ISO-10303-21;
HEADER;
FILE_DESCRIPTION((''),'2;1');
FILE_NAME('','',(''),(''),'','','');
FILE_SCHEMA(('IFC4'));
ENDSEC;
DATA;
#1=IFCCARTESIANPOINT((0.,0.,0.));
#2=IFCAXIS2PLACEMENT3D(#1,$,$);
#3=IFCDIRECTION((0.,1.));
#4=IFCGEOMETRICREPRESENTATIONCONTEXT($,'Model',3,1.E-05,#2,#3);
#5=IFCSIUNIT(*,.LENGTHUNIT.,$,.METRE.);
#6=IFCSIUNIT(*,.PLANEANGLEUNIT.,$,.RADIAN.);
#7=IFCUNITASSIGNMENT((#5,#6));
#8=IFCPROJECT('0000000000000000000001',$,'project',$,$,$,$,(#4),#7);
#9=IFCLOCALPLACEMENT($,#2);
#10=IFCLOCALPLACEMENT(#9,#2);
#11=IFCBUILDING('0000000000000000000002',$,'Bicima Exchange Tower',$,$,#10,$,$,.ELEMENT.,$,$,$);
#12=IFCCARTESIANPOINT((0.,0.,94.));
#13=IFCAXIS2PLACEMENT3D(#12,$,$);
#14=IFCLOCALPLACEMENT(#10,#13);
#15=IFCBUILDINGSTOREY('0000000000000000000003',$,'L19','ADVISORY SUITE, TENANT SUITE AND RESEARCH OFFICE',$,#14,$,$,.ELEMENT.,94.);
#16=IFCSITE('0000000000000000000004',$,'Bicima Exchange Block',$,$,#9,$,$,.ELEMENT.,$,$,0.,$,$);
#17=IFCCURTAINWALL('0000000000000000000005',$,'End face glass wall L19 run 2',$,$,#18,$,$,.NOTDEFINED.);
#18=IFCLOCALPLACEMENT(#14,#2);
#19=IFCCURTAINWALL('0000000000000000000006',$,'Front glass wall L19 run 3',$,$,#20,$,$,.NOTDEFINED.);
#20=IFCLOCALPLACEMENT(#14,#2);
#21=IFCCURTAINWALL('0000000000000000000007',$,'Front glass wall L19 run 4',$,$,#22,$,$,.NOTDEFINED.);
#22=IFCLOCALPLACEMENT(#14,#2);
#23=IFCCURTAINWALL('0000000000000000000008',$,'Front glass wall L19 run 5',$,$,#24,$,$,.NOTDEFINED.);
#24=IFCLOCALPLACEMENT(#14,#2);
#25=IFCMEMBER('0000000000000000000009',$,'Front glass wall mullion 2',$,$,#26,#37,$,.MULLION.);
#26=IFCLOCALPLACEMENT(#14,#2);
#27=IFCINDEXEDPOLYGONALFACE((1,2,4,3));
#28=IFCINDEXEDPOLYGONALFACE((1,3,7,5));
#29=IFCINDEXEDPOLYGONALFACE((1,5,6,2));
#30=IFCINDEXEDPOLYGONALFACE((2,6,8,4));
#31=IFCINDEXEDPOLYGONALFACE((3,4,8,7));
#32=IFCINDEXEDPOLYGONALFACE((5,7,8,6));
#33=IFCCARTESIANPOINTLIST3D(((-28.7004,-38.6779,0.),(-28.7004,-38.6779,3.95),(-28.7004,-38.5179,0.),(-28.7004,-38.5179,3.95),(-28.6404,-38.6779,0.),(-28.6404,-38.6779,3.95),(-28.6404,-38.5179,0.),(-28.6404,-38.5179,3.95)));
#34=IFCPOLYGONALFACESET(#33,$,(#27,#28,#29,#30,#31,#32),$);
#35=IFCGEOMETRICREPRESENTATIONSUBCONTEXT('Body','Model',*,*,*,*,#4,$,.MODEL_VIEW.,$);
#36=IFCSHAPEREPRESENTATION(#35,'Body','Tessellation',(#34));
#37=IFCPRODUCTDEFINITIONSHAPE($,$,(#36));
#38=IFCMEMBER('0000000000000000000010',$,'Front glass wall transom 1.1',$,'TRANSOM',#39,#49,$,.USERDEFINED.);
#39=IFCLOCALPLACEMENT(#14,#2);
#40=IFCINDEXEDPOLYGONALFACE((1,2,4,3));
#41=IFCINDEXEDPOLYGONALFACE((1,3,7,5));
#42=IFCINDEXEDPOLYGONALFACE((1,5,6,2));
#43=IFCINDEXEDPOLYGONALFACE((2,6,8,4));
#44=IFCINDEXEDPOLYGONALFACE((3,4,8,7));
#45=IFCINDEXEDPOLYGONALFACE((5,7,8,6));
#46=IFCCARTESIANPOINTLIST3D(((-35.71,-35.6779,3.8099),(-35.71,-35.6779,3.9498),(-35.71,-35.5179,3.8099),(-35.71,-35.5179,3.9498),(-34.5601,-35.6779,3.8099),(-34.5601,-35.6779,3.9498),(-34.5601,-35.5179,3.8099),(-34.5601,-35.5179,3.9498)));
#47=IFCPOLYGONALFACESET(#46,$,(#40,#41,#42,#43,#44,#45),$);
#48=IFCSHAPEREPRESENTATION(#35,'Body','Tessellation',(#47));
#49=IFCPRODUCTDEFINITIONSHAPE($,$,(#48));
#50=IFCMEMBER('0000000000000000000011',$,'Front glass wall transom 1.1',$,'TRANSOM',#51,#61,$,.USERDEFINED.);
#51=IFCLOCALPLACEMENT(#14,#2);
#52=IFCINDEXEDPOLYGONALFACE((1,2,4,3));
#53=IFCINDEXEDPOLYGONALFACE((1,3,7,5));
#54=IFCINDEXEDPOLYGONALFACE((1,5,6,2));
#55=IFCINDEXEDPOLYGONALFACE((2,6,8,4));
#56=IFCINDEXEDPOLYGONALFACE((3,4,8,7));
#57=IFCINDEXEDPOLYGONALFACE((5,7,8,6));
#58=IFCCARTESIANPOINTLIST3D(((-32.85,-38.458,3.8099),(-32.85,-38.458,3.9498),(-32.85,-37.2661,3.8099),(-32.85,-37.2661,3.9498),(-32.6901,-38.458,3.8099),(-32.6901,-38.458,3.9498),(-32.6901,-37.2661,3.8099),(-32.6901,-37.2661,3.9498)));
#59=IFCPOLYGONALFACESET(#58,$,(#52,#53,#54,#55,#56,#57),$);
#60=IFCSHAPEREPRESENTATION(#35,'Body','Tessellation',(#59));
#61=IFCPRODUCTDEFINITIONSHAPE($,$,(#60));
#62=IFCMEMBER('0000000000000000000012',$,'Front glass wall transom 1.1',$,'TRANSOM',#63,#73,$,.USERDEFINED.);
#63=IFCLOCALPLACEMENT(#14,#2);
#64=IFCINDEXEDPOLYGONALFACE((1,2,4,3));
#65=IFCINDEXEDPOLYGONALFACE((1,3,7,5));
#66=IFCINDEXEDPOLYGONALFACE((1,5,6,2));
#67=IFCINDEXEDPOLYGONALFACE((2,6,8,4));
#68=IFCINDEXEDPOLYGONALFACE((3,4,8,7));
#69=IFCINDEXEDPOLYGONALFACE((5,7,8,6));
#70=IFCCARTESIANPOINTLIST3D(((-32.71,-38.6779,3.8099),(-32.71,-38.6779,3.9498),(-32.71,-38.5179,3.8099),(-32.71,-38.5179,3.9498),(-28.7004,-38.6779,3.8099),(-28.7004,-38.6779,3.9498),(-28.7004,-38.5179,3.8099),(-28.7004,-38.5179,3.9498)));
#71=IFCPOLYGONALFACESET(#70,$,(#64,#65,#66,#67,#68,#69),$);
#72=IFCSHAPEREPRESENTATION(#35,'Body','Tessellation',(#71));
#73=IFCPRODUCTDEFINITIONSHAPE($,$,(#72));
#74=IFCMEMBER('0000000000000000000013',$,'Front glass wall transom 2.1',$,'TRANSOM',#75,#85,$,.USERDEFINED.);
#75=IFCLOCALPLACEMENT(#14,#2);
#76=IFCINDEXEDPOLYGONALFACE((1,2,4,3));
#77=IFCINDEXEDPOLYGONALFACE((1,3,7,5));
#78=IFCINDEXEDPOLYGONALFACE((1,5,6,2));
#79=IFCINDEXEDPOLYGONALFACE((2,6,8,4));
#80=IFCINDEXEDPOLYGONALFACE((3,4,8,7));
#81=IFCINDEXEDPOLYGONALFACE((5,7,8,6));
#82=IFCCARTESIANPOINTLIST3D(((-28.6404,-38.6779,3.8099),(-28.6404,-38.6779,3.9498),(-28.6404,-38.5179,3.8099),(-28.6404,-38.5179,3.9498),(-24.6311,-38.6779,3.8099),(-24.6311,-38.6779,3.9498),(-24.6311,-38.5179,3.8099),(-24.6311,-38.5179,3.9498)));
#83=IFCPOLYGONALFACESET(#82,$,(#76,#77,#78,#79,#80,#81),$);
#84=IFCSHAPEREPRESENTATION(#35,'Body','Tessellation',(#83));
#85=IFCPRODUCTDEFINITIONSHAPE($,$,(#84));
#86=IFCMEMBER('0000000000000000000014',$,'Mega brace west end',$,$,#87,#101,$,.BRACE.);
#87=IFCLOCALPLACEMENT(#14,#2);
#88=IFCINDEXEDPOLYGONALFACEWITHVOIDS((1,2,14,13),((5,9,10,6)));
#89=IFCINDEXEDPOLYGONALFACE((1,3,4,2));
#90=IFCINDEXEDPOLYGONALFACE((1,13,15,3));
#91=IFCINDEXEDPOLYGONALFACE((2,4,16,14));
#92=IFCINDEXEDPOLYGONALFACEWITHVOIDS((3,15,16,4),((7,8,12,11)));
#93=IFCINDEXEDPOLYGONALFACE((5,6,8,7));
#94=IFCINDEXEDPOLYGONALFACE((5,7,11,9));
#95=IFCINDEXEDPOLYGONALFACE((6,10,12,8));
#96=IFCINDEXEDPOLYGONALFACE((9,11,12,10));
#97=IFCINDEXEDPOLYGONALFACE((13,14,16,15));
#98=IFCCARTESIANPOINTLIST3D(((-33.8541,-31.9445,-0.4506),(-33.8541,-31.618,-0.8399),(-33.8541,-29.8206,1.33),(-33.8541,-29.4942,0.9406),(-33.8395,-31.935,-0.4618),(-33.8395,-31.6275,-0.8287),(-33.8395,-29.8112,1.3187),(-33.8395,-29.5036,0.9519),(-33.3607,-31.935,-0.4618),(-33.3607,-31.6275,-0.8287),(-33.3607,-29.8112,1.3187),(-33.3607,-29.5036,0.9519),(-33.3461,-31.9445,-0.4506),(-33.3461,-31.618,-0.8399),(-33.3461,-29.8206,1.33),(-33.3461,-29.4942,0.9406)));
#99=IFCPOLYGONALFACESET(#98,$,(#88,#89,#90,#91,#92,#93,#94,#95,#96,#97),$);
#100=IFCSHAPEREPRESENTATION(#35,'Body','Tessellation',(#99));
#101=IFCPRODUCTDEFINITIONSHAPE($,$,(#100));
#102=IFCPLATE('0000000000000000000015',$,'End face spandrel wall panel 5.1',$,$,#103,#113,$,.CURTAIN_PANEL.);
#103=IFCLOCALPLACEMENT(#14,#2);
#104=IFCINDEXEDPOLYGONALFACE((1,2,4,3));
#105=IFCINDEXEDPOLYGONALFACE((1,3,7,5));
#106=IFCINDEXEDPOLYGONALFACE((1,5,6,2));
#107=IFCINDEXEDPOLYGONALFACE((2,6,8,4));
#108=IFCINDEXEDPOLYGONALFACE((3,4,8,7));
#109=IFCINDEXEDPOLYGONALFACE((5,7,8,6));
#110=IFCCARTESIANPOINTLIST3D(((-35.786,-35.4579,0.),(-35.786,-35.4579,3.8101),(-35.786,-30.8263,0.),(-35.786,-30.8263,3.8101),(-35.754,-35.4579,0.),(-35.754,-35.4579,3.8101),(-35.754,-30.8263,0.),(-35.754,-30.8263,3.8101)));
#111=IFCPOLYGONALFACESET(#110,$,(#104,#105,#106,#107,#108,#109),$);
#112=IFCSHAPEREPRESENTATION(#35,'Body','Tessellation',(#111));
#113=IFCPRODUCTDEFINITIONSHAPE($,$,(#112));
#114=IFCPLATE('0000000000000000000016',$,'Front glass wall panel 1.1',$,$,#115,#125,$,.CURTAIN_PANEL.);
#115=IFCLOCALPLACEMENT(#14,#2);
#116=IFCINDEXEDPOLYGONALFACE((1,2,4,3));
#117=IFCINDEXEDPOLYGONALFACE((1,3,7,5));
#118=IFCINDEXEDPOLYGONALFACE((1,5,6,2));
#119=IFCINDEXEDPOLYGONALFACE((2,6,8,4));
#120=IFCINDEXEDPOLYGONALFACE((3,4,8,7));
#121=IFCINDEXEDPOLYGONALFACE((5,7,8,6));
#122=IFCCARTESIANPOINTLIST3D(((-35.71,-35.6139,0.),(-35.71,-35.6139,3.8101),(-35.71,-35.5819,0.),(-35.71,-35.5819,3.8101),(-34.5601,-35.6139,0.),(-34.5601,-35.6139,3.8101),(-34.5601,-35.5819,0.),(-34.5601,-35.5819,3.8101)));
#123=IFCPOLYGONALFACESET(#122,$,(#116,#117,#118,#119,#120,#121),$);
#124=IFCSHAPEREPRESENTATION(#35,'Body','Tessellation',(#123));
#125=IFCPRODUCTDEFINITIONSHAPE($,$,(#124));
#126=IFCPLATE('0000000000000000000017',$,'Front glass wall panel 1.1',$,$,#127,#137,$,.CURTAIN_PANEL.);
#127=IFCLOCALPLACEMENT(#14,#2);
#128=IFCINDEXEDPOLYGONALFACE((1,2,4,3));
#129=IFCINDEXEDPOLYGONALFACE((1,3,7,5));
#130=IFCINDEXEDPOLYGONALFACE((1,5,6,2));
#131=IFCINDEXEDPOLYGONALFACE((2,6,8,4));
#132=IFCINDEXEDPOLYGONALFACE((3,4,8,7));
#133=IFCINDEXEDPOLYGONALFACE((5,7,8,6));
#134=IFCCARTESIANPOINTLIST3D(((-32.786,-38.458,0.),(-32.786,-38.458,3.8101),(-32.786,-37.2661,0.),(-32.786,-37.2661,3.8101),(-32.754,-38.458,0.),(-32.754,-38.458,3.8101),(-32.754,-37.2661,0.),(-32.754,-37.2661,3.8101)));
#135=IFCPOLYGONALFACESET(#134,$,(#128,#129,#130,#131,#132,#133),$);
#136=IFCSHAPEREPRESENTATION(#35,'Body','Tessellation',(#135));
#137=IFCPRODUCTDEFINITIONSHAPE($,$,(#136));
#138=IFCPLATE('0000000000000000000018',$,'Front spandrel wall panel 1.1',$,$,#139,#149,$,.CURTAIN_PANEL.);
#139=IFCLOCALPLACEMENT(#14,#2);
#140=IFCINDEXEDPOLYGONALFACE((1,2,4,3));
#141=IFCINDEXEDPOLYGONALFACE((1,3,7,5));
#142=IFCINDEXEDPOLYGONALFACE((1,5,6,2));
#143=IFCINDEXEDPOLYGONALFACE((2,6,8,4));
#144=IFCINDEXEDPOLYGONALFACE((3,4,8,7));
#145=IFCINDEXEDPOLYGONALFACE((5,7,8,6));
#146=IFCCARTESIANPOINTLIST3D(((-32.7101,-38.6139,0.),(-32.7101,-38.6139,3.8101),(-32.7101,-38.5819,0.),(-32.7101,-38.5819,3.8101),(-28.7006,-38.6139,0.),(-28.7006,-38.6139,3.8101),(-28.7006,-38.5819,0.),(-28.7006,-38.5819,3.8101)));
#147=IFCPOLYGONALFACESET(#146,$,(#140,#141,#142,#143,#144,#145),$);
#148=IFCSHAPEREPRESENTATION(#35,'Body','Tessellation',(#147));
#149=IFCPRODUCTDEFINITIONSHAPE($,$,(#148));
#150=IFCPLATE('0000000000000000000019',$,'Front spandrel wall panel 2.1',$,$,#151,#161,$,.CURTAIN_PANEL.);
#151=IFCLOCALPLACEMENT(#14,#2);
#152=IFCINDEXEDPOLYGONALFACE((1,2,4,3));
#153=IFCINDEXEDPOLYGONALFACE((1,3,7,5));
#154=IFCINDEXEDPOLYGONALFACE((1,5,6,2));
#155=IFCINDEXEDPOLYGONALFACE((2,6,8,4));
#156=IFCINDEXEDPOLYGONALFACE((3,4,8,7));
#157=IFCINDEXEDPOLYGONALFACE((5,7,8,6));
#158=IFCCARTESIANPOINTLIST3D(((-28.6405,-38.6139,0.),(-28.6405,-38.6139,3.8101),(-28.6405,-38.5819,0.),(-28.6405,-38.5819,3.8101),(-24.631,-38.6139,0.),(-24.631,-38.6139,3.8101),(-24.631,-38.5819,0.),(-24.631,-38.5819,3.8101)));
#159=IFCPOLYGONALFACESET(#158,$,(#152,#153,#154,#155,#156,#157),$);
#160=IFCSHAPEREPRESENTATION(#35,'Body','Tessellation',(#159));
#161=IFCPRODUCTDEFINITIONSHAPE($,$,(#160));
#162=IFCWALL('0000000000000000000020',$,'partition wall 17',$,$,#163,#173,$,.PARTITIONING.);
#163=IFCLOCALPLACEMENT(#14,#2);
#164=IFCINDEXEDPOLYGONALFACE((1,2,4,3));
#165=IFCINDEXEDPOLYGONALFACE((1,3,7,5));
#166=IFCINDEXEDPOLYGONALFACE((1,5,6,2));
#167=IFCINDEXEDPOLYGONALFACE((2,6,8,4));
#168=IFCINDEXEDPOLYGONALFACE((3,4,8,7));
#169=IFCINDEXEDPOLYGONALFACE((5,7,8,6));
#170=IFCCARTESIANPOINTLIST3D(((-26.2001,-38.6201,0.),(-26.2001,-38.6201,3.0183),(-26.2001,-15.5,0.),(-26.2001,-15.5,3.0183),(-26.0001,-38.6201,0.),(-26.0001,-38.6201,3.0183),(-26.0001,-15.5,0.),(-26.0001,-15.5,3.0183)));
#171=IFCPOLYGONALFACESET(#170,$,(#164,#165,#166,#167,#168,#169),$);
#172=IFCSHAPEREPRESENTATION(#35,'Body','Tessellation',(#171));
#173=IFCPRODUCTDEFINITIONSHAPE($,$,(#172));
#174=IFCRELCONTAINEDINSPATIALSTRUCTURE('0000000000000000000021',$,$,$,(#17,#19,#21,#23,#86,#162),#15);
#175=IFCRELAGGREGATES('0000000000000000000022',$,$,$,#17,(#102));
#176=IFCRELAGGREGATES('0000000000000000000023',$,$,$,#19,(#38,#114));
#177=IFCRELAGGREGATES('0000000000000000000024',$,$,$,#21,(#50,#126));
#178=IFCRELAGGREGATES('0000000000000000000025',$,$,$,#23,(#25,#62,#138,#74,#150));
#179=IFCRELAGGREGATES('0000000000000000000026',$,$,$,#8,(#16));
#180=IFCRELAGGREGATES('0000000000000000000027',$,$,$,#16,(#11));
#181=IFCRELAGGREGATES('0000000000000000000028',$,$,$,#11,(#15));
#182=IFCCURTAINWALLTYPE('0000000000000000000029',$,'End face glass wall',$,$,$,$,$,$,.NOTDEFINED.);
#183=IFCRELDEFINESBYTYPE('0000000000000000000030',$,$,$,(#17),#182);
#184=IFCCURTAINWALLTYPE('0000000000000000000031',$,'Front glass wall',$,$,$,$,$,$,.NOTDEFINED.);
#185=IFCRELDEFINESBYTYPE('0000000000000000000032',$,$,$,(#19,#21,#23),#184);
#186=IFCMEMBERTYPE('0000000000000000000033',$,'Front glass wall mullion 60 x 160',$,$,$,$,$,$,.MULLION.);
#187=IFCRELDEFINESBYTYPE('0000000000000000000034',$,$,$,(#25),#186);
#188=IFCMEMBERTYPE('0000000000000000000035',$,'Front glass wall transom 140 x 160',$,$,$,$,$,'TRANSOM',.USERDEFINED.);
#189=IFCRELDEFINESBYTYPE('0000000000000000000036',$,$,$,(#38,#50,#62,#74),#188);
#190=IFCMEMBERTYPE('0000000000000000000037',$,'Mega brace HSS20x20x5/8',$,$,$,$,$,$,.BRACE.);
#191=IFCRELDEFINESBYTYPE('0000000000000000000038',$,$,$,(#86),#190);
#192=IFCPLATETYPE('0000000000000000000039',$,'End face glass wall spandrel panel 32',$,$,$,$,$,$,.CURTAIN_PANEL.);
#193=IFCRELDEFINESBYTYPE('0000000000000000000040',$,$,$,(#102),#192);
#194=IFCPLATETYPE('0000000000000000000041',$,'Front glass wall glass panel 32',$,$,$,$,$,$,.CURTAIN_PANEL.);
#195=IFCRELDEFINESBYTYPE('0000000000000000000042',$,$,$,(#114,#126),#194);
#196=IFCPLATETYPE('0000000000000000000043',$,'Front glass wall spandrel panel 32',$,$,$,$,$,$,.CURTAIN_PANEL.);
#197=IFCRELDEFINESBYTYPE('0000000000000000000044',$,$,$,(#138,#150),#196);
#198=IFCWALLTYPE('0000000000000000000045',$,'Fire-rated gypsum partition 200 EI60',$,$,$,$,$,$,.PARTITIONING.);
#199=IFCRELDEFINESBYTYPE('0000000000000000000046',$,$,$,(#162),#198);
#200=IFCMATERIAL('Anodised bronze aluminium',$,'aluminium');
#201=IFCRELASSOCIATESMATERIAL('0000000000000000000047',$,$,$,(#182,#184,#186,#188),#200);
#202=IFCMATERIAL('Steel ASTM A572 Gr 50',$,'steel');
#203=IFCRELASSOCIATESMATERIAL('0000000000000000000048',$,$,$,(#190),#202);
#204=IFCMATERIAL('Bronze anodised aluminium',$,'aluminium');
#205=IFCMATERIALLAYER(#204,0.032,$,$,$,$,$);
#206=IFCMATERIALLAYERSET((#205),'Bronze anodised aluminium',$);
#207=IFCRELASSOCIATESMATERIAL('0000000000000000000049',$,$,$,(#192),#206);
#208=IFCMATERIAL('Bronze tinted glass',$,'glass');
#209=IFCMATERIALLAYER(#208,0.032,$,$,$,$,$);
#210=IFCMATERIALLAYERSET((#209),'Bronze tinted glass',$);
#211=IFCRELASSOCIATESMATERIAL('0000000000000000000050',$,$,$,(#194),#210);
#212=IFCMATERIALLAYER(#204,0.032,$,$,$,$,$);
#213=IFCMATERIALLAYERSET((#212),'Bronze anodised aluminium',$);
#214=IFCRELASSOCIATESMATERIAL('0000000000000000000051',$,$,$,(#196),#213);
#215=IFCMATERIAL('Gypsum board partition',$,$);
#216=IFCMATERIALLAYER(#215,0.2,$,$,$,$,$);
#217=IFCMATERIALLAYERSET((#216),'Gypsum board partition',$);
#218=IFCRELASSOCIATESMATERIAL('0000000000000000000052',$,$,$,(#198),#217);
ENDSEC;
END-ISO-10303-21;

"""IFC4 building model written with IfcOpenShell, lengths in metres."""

from ifc_helpers import new_model, si_unit, direction, frame, frame_2d, origin, origin_2d, place, context, subcontext, project, spatial, rectangle, hollow_rectangle, extrude, material, layer, layer_set, material_profile, profile_set, type_object, element, aggregate, save


model = new_model("IFC4")

# Units and contexts
model_context = context("Model", 3, precision=1e-05, world=origin(), true_north=direction((0.0, 1.0)))
body_context = subcontext(model_context, "Body", "Model", "MODEL_VIEW")
ifc_project = project(units=[si_unit("LENGTHUNIT", "METRE"), si_unit("PLANEANGLEUNIT", "RADIAN")], contexts=[model_context])

# Site, building, storey
site_placement = place(None, origin())
site = spatial("IfcSite", under=ifc_project, at=site_placement, Name="Bicima Exchange Block", CompositionType="ELEMENT", RefElevation=0.0)
building_placement = place(site_placement, origin())
building = spatial("IfcBuilding", under=site, at=building_placement, Name="Bicima Exchange Tower", CompositionType="ELEMENT")
storey_placement = place(building_placement, frame((0.0, 0.0, 94.0)))
storey = spatial("IfcBuildingStorey", under=building, at=storey_placement, Name="L19", Description="ADVISORY SUITE, TENANT SUITE AND RESEARCH OFFICE", CompositionType="ELEMENT", Elevation=94.0)

# Shared definitions
ifc_material_1 = material(Name="Steel ASTM A572 Gr 50", Category="steel")

# Curtain wall
ifc_material_2 = material(Name="Anodised bronze aluminium", Category="aluminium")
curtain_wall_type_1 = type_object("IfcCurtainWallType", Name="End face glass wall", PredefinedType="NOTDEFINED", material=ifc_material_2)
curtain_wall_1_placement = place(storey_placement, origin())
curtain_wall_1 = element("IfcCurtainWall", 1, at=curtain_wall_1_placement, inside=storey, type_object=curtain_wall_type_1, Name="End face glass wall L19 run 2", PredefinedType="NOTDEFINED")
ifc_material_profile_1 = material_profile(ifc_material_2, rectangle(XDim=0.1599, YDim=0.0601, at=origin_2d()))
ifc_profile_set_1 = profile_set([ifc_material_profile_1], Name="Anodised bronze aluminium")

# Curtain walls, member
curtain_wall_type_2 = type_object("IfcCurtainWallType", Name="Front glass wall", PredefinedType="NOTDEFINED", material=ifc_material_2)
curtain_wall_2_placement = place(storey_placement, origin())
curtain_wall_2 = element("IfcCurtainWall", 2, at=curtain_wall_2_placement, inside=storey, type_object=curtain_wall_type_2, Name="Front glass wall L19 run 3", PredefinedType="NOTDEFINED")
member_type_1 = type_object("IfcMemberType", Name="Front glass wall mullion 60 x 160", PredefinedType="MULLION", material=ifc_profile_set_1)
curtain_wall_3_placement = place(storey_placement, origin())
curtain_wall_3 = element("IfcCurtainWall", 3, at=curtain_wall_3_placement, inside=storey, type_object=curtain_wall_type_2, Name="Front glass wall L19 run 4", PredefinedType="NOTDEFINED")
curtain_wall_4_placement = place(storey_placement, origin())
curtain_wall_4 = element("IfcCurtainWall", 4, at=curtain_wall_4_placement, inside=storey, type_object=curtain_wall_type_2, Name="Front glass wall L19 run 5", PredefinedType="NOTDEFINED")
member_1_placement = place(storey_placement, frame((-28.6704, -38.5979, 0.0), z_axis=(0.0, 0.0, 1.0), x_axis=(0.0, 1.0, 0.0)))
member_1 = element("IfcMember", 5, at=member_1_placement, type_object=member_type_1, Name="Front glass wall mullion 2", PredefinedType="MULLION", context=body_context, shape_type="SweptSolid", body=[
    extrude(rectangle(XDim=0.1599, YDim=0.0601, at=origin_2d()), origin(), (0.0, 0.0, 1.0), 3.95),
])

# Members
ifc_material_profile_2 = material_profile(ifc_material_2, rectangle(XDim=0.1599, YDim=0.1399, at=origin_2d()))
ifc_profile_set_2 = profile_set([ifc_material_profile_2], Name="Anodised bronze aluminium")
member_type_2 = type_object("IfcMemberType", Name="Front glass wall transom 140 x 160", ElementType="TRANSOM", PredefinedType="USERDEFINED", material=ifc_profile_set_2)
member_2_placement = place(storey_placement, frame((-35.71, -35.5979, 3.8799), z_axis=(1.0, 0.0, 0.0), x_axis=(0.0, 1.0, 0.0)))
member_2 = element("IfcMember", 6, at=member_2_placement, type_object=member_type_2, Name="Front glass wall transom 1.1", ObjectType="TRANSOM", PredefinedType="USERDEFINED", context=body_context, shape_type="SweptSolid", body=[
    extrude(rectangle(XDim=0.1599, YDim=0.1399, at=origin_2d()), origin(), (0.0, 0.0, 1.0), 1.1499),
])
member_3_placement = place(storey_placement, frame((-32.77, -37.2661, 3.8799), z_axis=(0.0, -1.0, 0.0), x_axis=(1.0, 0.0, 0.0)))
member_3 = element("IfcMember", 7, at=member_3_placement, type_object=member_type_2, Name="Front glass wall transom 1.1", ObjectType="TRANSOM", PredefinedType="USERDEFINED", context=body_context, shape_type="SweptSolid", body=[
    extrude(rectangle(XDim=0.1599, YDim=0.1399, at=origin_2d()), origin(), (0.0, 0.0, 1.0), 1.1919),
])
member_4_placement = place(storey_placement, frame((-32.71, -38.5979, 3.8799), z_axis=(1.0, 0.0, 0.0), x_axis=(0.0, 1.0, 0.0)))
member_4 = element("IfcMember", 8, at=member_4_placement, type_object=member_type_2, Name="Front glass wall transom 1.1", ObjectType="TRANSOM", PredefinedType="USERDEFINED", context=body_context, shape_type="SweptSolid", body=[
    extrude(rectangle(XDim=0.1599, YDim=0.1399, at=origin_2d()), origin(), (0.0, 0.0, 1.0), 4.0095),
])
member_5_placement = place(storey_placement, frame((-28.6404, -38.5979, 3.8799), z_axis=(1.0, 0.0, 0.0), x_axis=(0.0, 1.0, 0.0)))
member_5 = element("IfcMember", 9, at=member_5_placement, type_object=member_type_2, Name="Front glass wall transom 2.1", ObjectType="TRANSOM", PredefinedType="USERDEFINED", context=body_context, shape_type="SweptSolid", body=[
    extrude(rectangle(XDim=0.1599, YDim=0.1399, at=origin_2d()), origin(), (0.0, 0.0, 1.0), 4.0093),
])
ifc_material_profile_3 = material_profile(ifc_material_1, hollow_rectangle(XDim=0.5081, YDim=0.5081, WallThickness=0.0146, at=origin_2d()))
ifc_profile_set_3 = profile_set([ifc_material_profile_3], Name="Steel ASTM A572 Gr 50")
member_type_3 = type_object("IfcMemberType", Name="Mega brace HSS20x20x5/8", PredefinedType="BRACE", material=ifc_profile_set_3)
member_6_placement = place(storey_placement, frame((-33.6001, -31.7812, -0.6453), z_axis=(0.0, 0.766319, 0.64246), x_axis=(-1.0, 0.0, 0.0)))
element("IfcMember", 10, at=member_6_placement, inside=storey, type_object=member_type_3, Name="Mega brace west end", PredefinedType="BRACE", context=body_context, shape_type="SweptSolid", body=[
    extrude(hollow_rectangle(XDim=0.5081, YDim=0.5081, WallThickness=0.0146, at=origin_2d()), origin(), (0.0, 0.0, 1.0), 2.7715),
])

# Plates
ifc_material_3 = material(Name="Bronze anodised aluminium", Category="aluminium")
ifc_layer_1 = layer(ifc_material_3, 0.032)
ifc_layer_set_1 = layer_set([ifc_layer_1], Name="Bronze anodised aluminium")
plate_type_1 = type_object("IfcPlateType", Name="End face glass wall spandrel panel 32", PredefinedType="CURTAIN_PANEL", material=ifc_layer_set_1)
plate_1_placement = place(storey_placement, frame((-35.77, -33.1421, 0.0), z_axis=(0.0, 0.0, 1.0), x_axis=(0.0, -1.0, 0.0)))
plate_1 = element("IfcPlate", 11, at=plate_1_placement, type_object=plate_type_1, Name="End face spandrel wall panel 5.1", PredefinedType="CURTAIN_PANEL", context=body_context, shape_type="SweptSolid", body=[
    extrude(rectangle(XDim=4.6316, YDim=0.032, at=origin_2d()), origin(), (0.0, 0.0, 1.0), 3.8101),
])
aggregate(curtain_wall_1, [plate_1])
ifc_material_4 = material(Name="Bronze tinted glass", Category="glass")
ifc_layer_2 = layer(ifc_material_4, 0.032)
ifc_layer_set_2 = layer_set([ifc_layer_2], Name="Bronze tinted glass")
plate_type_2 = type_object("IfcPlateType", Name="Front glass wall glass panel 32", PredefinedType="CURTAIN_PANEL", material=ifc_layer_set_2)
plate_2_placement = place(storey_placement, frame((-35.135, -35.5979, 0.0), z_axis=(0.0, 0.0, 1.0), x_axis=(1.0, 0.0, 0.0)))
plate_2 = element("IfcPlate", 12, at=plate_2_placement, type_object=plate_type_2, Name="Front glass wall panel 1.1", PredefinedType="CURTAIN_PANEL", context=body_context, shape_type="SweptSolid", body=[
    extrude(rectangle(XDim=1.1499, YDim=0.032, at=origin_2d()), origin(), (0.0, 0.0, 1.0), 3.8101),
])
aggregate(curtain_wall_2, [member_2, plate_2])
plate_3_placement = place(storey_placement, frame((-32.77, -37.8621, 0.0), z_axis=(0.0, 0.0, 1.0), x_axis=(0.0, -1.0, 0.0)))
plate_3 = element("IfcPlate", 13, at=plate_3_placement, type_object=plate_type_2, Name="Front glass wall panel 1.1", PredefinedType="CURTAIN_PANEL", context=body_context, shape_type="SweptSolid", body=[
    extrude(rectangle(XDim=1.1919, YDim=0.032, at=origin_2d()), origin(), (0.0, 0.0, 1.0), 3.8101),
])
aggregate(curtain_wall_3, [member_3, plate_3])
ifc_layer_3 = layer(ifc_material_3, 0.032)
ifc_layer_set_3 = layer_set([ifc_layer_3], Name="Bronze anodised aluminium")
plate_type_3 = type_object("IfcPlateType", Name="Front glass wall spandrel panel 32", PredefinedType="CURTAIN_PANEL", material=ifc_layer_set_3)
plate_4_placement = place(storey_placement, frame((-30.7053, -38.5979, 0.0), z_axis=(0.0, 0.0, 1.0), x_axis=(1.0, 0.0, 0.0)))
plate_4 = element("IfcPlate", 14, at=plate_4_placement, type_object=plate_type_3, Name="Front spandrel wall panel 1.1", PredefinedType="CURTAIN_PANEL", context=body_context, shape_type="SweptSolid", body=[
    extrude(rectangle(XDim=4.0095, YDim=0.032, at=origin_2d()), origin(), (0.0, 0.0, 1.0), 3.8101),
])
plate_5_placement = place(storey_placement, frame((-26.6357, -38.5979, 0.0), z_axis=(0.0, 0.0, 1.0), x_axis=(1.0, 0.0, 0.0)))
plate_5 = element("IfcPlate", 15, at=plate_5_placement, type_object=plate_type_3, Name="Front spandrel wall panel 2.1", PredefinedType="CURTAIN_PANEL", context=body_context, shape_type="SweptSolid", body=[
    extrude(rectangle(XDim=4.0095, YDim=0.032, at=origin_2d()), origin(), (0.0, 0.0, 1.0), 3.8101),
])
aggregate(curtain_wall_4, [member_1, member_4, plate_4, member_5, plate_5])

# Wall
ifc_material_5 = material(Name="Gypsum board partition")
ifc_layer_4 = layer(ifc_material_5, 0.2)
ifc_layer_set_4 = layer_set([ifc_layer_4], Name="Gypsum board partition")
wall_type = type_object("IfcWallType", Name="Fire-rated gypsum partition 200 EI60", PredefinedType="PARTITIONING", material=ifc_layer_set_4)
wall_placement = place(storey_placement, frame((-26.1001, -38.6201, 0.0), z_axis=(0.0, 0.0, 1.0), x_axis=(0.0, 1.0, 0.0)))
element("IfcWall", 16, at=wall_placement, inside=storey, type_object=wall_type, Name="partition wall 17", PredefinedType="PARTITIONING", context=body_context, shape_type="SweptSolid", body=[
    extrude(rectangle(XDim=23.1201, YDim=0.2, at=frame_2d((11.5601, 0.0))), origin(), (0.0, 0.0, 1.0), 3.0183),
])

save(model, "model.ifc")
